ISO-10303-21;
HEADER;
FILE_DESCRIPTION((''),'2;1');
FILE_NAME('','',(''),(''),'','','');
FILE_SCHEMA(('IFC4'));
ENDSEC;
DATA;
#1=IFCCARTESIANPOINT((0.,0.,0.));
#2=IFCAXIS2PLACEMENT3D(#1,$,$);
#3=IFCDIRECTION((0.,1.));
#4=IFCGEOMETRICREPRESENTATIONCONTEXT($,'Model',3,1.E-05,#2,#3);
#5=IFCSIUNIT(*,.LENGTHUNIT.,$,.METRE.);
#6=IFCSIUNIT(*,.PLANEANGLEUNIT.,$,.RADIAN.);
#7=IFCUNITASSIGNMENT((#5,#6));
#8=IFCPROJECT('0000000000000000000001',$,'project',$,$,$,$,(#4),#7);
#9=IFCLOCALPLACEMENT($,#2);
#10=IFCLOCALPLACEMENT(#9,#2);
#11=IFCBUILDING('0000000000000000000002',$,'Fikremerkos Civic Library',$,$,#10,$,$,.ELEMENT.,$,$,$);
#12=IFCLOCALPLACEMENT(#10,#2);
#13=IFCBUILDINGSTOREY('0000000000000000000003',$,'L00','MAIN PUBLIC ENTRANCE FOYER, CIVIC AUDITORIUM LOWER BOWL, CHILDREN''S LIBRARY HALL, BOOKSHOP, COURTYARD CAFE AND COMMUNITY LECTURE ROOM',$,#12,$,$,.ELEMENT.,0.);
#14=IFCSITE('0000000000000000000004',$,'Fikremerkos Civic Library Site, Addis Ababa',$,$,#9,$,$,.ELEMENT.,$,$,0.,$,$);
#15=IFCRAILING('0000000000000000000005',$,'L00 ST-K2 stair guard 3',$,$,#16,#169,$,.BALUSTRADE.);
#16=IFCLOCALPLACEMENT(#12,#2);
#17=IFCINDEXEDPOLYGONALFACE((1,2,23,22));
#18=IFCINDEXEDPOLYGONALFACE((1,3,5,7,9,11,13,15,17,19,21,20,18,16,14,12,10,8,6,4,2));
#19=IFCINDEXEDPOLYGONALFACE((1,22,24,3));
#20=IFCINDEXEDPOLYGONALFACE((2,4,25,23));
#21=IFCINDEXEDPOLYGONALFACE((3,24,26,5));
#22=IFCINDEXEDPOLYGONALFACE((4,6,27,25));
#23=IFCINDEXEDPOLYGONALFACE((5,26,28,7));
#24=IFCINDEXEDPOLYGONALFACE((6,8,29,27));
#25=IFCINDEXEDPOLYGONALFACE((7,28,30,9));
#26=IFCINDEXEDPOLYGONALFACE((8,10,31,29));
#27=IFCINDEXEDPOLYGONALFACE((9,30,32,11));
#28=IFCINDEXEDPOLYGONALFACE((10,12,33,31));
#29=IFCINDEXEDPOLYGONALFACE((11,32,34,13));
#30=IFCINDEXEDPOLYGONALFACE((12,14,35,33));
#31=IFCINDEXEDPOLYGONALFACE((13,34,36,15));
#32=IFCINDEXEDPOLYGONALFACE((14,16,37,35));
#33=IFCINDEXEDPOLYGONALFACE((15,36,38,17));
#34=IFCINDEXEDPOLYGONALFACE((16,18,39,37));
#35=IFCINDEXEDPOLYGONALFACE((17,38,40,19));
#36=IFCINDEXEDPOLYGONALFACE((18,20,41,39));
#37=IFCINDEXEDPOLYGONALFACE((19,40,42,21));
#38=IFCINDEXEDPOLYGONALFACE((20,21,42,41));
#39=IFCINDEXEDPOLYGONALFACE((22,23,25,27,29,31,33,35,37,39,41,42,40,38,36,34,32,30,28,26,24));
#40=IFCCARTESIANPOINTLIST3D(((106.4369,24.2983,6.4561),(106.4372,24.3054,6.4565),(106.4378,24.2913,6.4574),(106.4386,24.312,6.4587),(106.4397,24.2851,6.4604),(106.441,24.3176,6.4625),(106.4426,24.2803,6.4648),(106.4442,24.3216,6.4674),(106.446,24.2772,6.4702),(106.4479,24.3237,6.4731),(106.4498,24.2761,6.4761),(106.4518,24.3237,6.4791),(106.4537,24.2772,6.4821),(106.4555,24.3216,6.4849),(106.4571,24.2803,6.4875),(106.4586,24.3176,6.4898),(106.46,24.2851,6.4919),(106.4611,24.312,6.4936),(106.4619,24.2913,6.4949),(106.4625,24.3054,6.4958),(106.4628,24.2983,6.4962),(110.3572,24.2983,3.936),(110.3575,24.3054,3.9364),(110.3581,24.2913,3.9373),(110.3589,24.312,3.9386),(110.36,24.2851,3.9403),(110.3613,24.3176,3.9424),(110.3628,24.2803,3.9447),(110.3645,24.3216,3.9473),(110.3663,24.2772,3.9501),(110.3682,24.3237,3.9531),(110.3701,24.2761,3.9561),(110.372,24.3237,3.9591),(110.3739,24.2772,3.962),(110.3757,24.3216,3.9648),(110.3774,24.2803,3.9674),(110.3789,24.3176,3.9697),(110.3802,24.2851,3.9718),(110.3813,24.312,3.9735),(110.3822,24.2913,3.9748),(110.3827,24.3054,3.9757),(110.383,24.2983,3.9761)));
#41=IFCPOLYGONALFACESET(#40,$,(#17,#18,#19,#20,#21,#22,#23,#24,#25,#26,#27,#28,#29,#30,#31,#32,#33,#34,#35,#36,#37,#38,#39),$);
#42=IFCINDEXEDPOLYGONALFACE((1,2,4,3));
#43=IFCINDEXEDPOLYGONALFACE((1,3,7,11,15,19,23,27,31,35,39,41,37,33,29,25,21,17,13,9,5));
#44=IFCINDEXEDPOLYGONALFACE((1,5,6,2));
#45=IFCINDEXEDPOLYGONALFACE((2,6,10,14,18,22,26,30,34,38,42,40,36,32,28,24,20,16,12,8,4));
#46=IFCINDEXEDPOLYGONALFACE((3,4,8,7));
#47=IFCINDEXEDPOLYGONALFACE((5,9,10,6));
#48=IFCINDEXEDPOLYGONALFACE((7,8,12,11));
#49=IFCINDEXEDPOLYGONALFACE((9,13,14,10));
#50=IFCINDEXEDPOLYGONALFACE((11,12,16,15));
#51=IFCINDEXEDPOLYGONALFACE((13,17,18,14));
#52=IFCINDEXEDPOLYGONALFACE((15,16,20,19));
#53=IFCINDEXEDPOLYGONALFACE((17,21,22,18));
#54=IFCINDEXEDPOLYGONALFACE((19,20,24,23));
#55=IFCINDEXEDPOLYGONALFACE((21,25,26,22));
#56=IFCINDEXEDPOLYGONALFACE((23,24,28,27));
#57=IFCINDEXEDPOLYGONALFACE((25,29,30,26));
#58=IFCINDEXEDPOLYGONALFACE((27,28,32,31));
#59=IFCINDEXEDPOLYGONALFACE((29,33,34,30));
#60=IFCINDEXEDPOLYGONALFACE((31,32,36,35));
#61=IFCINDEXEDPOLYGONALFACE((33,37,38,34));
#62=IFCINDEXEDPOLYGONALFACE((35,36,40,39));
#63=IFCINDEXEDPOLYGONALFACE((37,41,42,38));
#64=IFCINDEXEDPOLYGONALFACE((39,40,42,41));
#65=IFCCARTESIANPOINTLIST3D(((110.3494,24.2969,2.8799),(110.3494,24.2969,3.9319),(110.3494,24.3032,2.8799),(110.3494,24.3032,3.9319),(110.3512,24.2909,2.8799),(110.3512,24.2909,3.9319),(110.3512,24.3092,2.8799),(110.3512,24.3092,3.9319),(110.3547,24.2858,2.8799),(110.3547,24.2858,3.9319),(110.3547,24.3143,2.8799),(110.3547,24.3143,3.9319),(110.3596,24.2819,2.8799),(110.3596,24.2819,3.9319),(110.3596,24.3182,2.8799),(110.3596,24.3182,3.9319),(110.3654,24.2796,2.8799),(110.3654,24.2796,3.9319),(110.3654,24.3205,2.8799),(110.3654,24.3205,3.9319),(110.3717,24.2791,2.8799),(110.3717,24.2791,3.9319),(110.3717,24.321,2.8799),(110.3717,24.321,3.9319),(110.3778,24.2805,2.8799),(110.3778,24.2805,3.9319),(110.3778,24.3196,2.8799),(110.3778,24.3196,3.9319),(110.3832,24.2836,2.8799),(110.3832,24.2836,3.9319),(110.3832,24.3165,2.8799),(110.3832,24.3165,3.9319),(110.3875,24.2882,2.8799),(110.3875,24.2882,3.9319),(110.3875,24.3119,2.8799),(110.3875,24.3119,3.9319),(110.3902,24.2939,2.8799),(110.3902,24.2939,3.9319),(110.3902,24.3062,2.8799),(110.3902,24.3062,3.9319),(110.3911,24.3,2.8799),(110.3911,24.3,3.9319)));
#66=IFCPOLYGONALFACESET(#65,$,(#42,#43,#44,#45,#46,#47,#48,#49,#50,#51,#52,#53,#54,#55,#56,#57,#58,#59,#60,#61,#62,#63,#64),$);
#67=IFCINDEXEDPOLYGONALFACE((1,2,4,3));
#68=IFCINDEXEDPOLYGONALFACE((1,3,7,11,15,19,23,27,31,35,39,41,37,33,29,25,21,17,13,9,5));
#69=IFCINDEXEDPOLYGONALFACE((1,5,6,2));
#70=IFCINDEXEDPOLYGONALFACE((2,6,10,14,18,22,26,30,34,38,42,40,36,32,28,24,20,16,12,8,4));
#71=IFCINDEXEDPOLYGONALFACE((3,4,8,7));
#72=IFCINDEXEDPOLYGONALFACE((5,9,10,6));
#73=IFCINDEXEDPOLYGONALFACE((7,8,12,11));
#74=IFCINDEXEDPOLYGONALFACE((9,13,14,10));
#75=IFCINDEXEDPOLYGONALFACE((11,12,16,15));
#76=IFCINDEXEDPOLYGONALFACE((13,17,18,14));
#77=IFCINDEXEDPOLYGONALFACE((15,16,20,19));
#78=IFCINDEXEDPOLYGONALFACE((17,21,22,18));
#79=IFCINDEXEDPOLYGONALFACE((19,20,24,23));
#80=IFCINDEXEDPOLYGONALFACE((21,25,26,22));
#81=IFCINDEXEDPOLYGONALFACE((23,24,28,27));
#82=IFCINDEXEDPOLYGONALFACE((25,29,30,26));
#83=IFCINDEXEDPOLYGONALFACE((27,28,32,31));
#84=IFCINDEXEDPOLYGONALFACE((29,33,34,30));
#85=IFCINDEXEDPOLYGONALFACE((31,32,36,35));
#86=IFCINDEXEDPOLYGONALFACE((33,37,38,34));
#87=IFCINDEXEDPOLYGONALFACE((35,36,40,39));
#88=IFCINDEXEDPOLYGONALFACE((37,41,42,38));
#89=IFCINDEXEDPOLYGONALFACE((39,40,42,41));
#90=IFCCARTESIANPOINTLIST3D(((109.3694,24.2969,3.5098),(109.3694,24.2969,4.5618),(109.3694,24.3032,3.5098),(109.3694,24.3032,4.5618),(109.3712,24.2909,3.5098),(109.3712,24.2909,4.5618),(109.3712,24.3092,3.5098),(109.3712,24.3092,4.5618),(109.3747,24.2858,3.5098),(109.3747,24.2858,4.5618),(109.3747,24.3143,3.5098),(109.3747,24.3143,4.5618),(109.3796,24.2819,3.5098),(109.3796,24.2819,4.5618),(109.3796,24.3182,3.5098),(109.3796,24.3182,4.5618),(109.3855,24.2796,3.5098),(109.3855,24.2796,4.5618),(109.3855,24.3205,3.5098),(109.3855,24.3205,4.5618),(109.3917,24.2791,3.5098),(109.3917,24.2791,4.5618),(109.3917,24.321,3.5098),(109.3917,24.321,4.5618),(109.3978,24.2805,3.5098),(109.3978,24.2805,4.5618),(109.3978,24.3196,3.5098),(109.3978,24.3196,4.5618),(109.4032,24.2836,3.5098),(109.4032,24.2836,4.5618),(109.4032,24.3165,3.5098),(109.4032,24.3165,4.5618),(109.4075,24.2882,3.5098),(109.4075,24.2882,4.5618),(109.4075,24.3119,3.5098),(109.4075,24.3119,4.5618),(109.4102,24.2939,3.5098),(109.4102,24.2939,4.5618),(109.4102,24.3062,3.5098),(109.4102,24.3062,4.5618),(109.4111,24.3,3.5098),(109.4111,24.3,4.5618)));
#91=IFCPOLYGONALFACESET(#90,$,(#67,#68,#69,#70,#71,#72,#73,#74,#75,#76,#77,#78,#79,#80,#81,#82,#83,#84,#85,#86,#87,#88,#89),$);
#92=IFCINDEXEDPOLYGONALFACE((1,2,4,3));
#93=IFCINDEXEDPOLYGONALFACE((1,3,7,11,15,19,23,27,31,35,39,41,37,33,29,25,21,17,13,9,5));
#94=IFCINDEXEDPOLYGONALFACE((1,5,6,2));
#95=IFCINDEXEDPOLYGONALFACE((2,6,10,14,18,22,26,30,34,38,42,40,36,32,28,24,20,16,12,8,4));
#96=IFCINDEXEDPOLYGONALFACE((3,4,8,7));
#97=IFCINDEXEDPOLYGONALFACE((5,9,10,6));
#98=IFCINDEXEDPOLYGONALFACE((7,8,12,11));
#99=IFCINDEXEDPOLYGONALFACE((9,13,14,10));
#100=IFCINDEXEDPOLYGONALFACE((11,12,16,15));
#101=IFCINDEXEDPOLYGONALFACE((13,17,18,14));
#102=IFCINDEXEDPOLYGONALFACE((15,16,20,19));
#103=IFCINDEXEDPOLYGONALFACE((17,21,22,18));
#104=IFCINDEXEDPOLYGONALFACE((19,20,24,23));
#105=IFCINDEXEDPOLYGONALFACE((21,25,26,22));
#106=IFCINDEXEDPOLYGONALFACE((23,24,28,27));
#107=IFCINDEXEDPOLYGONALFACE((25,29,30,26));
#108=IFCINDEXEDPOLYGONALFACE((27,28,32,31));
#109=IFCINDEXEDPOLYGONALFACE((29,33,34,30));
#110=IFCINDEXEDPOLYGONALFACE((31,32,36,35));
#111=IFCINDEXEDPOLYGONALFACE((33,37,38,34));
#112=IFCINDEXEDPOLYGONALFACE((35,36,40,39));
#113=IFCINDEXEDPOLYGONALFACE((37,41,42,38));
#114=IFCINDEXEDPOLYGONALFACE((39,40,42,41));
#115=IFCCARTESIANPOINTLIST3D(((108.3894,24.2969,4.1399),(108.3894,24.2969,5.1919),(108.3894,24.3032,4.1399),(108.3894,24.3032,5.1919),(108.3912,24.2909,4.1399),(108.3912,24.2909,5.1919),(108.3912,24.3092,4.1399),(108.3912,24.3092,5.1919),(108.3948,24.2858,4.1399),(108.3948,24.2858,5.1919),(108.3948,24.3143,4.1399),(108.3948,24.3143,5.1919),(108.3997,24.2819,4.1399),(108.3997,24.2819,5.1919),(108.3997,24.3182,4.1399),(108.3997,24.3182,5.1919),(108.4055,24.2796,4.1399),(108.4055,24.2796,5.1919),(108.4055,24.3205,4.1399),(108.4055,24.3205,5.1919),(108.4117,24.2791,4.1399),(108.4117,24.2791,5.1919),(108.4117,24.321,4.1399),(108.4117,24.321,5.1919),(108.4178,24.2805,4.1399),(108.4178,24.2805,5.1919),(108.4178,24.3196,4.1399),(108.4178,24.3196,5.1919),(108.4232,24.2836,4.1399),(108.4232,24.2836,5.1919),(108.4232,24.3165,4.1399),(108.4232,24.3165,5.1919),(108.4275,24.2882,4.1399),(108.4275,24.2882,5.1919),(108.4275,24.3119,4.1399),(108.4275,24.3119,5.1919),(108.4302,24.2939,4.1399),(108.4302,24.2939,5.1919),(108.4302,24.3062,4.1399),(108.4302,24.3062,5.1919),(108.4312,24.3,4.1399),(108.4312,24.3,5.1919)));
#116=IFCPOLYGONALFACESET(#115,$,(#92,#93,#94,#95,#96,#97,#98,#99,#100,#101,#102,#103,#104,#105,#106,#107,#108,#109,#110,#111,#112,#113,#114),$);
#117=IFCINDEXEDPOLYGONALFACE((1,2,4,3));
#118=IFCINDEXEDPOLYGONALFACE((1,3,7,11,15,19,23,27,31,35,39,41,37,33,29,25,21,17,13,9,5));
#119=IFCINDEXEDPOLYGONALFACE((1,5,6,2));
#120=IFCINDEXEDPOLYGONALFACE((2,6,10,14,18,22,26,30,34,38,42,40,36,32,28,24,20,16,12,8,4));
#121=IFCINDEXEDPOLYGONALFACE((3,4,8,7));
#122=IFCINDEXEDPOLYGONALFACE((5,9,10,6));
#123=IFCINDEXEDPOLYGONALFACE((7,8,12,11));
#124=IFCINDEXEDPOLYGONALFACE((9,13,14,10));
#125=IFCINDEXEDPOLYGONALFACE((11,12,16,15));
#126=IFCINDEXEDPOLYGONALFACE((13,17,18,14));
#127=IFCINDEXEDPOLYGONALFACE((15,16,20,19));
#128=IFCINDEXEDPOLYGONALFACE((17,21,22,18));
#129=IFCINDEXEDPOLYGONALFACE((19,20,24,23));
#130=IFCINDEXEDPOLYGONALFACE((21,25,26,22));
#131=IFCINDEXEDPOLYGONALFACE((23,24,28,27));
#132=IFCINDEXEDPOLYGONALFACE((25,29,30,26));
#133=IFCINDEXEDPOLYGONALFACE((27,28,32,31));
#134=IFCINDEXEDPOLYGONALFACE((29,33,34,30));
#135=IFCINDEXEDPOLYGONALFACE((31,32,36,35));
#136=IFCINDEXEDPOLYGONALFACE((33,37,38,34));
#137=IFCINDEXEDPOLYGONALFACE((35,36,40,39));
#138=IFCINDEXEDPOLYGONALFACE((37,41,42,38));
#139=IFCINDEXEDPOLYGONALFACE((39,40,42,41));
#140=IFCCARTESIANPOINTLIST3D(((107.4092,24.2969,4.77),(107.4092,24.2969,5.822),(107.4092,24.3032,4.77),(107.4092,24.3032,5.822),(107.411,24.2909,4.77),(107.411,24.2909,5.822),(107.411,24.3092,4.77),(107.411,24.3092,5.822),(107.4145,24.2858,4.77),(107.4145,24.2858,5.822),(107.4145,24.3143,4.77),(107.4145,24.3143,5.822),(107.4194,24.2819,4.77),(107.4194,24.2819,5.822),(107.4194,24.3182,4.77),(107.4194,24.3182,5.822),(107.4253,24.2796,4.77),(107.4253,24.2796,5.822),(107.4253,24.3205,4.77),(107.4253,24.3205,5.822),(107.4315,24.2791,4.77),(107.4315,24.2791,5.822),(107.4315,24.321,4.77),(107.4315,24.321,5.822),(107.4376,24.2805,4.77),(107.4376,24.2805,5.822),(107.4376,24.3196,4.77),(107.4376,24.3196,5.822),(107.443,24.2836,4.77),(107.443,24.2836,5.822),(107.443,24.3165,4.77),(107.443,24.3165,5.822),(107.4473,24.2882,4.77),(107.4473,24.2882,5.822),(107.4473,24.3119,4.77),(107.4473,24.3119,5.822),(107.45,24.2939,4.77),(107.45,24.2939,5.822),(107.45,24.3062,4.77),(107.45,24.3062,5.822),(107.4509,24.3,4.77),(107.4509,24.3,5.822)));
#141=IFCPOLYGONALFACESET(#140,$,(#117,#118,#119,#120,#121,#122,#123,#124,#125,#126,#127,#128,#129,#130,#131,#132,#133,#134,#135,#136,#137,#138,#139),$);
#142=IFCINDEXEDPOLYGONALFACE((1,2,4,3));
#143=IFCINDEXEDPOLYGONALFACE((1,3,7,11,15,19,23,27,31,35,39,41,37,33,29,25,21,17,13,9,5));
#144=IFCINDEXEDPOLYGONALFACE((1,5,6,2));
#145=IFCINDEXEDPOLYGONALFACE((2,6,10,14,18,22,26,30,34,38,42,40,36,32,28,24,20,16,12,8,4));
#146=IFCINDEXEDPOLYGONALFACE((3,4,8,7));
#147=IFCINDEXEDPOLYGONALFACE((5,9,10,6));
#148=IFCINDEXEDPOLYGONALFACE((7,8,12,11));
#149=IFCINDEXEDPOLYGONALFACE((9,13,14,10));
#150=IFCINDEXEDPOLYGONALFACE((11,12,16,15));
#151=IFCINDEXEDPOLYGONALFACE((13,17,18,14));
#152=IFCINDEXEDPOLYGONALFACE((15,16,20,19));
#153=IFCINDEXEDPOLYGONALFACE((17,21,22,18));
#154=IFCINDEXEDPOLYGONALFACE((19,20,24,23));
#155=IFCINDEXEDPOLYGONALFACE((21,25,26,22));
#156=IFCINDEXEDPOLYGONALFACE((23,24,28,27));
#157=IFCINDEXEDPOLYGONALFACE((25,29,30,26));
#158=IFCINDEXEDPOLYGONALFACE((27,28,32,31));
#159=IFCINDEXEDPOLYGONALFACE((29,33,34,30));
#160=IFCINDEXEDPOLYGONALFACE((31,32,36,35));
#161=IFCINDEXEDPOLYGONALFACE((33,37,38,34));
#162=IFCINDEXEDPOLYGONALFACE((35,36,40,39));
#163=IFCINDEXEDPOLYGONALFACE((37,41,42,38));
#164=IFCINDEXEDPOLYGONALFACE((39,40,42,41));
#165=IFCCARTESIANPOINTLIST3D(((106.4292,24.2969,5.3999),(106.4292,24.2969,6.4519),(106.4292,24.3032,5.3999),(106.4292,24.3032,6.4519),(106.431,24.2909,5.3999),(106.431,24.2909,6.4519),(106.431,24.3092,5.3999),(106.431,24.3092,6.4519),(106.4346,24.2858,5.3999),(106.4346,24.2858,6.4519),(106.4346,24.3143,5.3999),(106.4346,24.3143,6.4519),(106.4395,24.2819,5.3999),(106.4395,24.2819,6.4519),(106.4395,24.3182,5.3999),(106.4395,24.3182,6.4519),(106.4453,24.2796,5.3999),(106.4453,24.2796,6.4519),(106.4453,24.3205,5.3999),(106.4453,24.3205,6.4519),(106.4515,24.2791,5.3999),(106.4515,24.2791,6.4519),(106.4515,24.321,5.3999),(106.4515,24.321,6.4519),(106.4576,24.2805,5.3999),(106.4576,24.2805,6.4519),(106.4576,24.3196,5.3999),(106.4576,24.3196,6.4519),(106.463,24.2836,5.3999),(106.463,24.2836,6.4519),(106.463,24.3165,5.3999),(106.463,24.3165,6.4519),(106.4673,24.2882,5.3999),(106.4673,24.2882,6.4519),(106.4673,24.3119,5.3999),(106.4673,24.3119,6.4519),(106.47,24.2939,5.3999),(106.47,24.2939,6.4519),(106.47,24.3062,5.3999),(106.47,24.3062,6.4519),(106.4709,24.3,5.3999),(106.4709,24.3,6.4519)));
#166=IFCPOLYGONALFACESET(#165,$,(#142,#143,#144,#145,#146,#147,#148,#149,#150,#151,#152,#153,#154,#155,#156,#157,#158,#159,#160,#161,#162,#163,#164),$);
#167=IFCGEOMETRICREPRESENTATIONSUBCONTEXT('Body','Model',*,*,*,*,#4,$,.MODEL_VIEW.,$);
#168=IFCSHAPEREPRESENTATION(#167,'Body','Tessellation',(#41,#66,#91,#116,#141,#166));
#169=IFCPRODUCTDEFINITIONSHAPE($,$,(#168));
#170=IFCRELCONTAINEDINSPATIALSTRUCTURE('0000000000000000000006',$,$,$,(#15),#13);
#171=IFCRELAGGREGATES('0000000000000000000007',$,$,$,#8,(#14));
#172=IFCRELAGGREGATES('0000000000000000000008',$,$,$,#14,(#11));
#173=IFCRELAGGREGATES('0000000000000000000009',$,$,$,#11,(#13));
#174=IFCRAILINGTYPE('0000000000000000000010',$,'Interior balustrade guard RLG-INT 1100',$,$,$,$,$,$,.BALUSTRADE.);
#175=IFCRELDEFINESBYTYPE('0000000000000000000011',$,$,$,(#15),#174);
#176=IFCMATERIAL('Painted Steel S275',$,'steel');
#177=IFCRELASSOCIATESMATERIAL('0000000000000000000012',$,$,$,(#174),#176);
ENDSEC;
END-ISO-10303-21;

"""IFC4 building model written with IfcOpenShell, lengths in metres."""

from ifc_helpers import new_model, si_unit, direction, frame, origin, origin_2d, place, context, subcontext, project, spatial, circle, extrude, material, type_object, element, save


model = new_model("IFC4")

# Units and contexts
model_context = context("Model", 3, precision=1e-05, world=origin(), true_north=direction((0.0, 1.0)))
body_context = subcontext(model_context, "Body", "Model", "MODEL_VIEW")
ifc_project = project(units=[si_unit("LENGTHUNIT", "METRE"), si_unit("PLANEANGLEUNIT", "RADIAN")], contexts=[model_context])

# Site, building, storey
site_placement = place(None, origin())
site = spatial("IfcSite", under=ifc_project, at=site_placement, Name="Fikremerkos Civic Library Site, Addis Ababa", CompositionType="ELEMENT", RefElevation=0.0)
building_placement = place(site_placement, origin())
building = spatial("IfcBuilding", under=site, at=building_placement, Name="Fikremerkos Civic Library", CompositionType="ELEMENT")
storey_placement = place(building_placement, origin())
storey = spatial("IfcBuildingStorey", under=building, at=storey_placement, Name="L00", Description="MAIN PUBLIC ENTRANCE FOYER, CIVIC AUDITORIUM LOWER BOWL, CHILDREN'S LIBRARY HALL, BOOKSHOP, COURTYARD CAFE AND COMMUNITY LECTURE ROOM", CompositionType="ELEMENT", Elevation=0.0)

# Railing
ifc_material_1 = material(Name="Painted Steel S275", Category="steel")
railing_type_1 = type_object("IfcRailingType", Name="Interior balustrade guard RLG-INT 1100", PredefinedType="BALUSTRADE", material=ifc_material_1)
railing_1_placement = place(storey_placement, frame((110.3701, 24.3, 2.8799)))
element("IfcRailing", 1, at=railing_1_placement, inside=storey, type_object=railing_type_1, Name="L00 ST-K2 stair guard 3", PredefinedType="BALUSTRADE", context=body_context, shape_type="SweptSolid", body=[
    extrude(circle(Radius=0.0239, at=origin_2d()), frame((0.0, 0.0, 1.0762), z_axis=(-0.841187, 0.0, 0.540744), x_axis=(0.0, -1.0, 0.0)), (0.0, 0.0, 1.0), 4.6604),
    extrude(circle(Radius=0.021, at=origin_2d()), origin(), (0.0, 0.0, 1.0), 1.052),
    extrude(circle(Radius=0.021, at=origin_2d()), frame((-0.98, 0.0, 0.6299)), (0.0, 0.0, 1.0), 1.052),
    extrude(circle(Radius=0.021, at=origin_2d()), frame((-1.96, 0.0, 1.26)), (0.0, 0.0, 1.0), 1.052),
    extrude(circle(Radius=0.021, at=origin_2d()), frame((-2.9402, 0.0, 1.8901)), (0.0, 0.0, 1.0), 1.052),
    extrude(circle(Radius=0.021, at=origin_2d()), frame((-3.9202, 0.0, 2.52)), (0.0, 0.0, 1.0), 1.052),
])

save(model, "model.ifc")
